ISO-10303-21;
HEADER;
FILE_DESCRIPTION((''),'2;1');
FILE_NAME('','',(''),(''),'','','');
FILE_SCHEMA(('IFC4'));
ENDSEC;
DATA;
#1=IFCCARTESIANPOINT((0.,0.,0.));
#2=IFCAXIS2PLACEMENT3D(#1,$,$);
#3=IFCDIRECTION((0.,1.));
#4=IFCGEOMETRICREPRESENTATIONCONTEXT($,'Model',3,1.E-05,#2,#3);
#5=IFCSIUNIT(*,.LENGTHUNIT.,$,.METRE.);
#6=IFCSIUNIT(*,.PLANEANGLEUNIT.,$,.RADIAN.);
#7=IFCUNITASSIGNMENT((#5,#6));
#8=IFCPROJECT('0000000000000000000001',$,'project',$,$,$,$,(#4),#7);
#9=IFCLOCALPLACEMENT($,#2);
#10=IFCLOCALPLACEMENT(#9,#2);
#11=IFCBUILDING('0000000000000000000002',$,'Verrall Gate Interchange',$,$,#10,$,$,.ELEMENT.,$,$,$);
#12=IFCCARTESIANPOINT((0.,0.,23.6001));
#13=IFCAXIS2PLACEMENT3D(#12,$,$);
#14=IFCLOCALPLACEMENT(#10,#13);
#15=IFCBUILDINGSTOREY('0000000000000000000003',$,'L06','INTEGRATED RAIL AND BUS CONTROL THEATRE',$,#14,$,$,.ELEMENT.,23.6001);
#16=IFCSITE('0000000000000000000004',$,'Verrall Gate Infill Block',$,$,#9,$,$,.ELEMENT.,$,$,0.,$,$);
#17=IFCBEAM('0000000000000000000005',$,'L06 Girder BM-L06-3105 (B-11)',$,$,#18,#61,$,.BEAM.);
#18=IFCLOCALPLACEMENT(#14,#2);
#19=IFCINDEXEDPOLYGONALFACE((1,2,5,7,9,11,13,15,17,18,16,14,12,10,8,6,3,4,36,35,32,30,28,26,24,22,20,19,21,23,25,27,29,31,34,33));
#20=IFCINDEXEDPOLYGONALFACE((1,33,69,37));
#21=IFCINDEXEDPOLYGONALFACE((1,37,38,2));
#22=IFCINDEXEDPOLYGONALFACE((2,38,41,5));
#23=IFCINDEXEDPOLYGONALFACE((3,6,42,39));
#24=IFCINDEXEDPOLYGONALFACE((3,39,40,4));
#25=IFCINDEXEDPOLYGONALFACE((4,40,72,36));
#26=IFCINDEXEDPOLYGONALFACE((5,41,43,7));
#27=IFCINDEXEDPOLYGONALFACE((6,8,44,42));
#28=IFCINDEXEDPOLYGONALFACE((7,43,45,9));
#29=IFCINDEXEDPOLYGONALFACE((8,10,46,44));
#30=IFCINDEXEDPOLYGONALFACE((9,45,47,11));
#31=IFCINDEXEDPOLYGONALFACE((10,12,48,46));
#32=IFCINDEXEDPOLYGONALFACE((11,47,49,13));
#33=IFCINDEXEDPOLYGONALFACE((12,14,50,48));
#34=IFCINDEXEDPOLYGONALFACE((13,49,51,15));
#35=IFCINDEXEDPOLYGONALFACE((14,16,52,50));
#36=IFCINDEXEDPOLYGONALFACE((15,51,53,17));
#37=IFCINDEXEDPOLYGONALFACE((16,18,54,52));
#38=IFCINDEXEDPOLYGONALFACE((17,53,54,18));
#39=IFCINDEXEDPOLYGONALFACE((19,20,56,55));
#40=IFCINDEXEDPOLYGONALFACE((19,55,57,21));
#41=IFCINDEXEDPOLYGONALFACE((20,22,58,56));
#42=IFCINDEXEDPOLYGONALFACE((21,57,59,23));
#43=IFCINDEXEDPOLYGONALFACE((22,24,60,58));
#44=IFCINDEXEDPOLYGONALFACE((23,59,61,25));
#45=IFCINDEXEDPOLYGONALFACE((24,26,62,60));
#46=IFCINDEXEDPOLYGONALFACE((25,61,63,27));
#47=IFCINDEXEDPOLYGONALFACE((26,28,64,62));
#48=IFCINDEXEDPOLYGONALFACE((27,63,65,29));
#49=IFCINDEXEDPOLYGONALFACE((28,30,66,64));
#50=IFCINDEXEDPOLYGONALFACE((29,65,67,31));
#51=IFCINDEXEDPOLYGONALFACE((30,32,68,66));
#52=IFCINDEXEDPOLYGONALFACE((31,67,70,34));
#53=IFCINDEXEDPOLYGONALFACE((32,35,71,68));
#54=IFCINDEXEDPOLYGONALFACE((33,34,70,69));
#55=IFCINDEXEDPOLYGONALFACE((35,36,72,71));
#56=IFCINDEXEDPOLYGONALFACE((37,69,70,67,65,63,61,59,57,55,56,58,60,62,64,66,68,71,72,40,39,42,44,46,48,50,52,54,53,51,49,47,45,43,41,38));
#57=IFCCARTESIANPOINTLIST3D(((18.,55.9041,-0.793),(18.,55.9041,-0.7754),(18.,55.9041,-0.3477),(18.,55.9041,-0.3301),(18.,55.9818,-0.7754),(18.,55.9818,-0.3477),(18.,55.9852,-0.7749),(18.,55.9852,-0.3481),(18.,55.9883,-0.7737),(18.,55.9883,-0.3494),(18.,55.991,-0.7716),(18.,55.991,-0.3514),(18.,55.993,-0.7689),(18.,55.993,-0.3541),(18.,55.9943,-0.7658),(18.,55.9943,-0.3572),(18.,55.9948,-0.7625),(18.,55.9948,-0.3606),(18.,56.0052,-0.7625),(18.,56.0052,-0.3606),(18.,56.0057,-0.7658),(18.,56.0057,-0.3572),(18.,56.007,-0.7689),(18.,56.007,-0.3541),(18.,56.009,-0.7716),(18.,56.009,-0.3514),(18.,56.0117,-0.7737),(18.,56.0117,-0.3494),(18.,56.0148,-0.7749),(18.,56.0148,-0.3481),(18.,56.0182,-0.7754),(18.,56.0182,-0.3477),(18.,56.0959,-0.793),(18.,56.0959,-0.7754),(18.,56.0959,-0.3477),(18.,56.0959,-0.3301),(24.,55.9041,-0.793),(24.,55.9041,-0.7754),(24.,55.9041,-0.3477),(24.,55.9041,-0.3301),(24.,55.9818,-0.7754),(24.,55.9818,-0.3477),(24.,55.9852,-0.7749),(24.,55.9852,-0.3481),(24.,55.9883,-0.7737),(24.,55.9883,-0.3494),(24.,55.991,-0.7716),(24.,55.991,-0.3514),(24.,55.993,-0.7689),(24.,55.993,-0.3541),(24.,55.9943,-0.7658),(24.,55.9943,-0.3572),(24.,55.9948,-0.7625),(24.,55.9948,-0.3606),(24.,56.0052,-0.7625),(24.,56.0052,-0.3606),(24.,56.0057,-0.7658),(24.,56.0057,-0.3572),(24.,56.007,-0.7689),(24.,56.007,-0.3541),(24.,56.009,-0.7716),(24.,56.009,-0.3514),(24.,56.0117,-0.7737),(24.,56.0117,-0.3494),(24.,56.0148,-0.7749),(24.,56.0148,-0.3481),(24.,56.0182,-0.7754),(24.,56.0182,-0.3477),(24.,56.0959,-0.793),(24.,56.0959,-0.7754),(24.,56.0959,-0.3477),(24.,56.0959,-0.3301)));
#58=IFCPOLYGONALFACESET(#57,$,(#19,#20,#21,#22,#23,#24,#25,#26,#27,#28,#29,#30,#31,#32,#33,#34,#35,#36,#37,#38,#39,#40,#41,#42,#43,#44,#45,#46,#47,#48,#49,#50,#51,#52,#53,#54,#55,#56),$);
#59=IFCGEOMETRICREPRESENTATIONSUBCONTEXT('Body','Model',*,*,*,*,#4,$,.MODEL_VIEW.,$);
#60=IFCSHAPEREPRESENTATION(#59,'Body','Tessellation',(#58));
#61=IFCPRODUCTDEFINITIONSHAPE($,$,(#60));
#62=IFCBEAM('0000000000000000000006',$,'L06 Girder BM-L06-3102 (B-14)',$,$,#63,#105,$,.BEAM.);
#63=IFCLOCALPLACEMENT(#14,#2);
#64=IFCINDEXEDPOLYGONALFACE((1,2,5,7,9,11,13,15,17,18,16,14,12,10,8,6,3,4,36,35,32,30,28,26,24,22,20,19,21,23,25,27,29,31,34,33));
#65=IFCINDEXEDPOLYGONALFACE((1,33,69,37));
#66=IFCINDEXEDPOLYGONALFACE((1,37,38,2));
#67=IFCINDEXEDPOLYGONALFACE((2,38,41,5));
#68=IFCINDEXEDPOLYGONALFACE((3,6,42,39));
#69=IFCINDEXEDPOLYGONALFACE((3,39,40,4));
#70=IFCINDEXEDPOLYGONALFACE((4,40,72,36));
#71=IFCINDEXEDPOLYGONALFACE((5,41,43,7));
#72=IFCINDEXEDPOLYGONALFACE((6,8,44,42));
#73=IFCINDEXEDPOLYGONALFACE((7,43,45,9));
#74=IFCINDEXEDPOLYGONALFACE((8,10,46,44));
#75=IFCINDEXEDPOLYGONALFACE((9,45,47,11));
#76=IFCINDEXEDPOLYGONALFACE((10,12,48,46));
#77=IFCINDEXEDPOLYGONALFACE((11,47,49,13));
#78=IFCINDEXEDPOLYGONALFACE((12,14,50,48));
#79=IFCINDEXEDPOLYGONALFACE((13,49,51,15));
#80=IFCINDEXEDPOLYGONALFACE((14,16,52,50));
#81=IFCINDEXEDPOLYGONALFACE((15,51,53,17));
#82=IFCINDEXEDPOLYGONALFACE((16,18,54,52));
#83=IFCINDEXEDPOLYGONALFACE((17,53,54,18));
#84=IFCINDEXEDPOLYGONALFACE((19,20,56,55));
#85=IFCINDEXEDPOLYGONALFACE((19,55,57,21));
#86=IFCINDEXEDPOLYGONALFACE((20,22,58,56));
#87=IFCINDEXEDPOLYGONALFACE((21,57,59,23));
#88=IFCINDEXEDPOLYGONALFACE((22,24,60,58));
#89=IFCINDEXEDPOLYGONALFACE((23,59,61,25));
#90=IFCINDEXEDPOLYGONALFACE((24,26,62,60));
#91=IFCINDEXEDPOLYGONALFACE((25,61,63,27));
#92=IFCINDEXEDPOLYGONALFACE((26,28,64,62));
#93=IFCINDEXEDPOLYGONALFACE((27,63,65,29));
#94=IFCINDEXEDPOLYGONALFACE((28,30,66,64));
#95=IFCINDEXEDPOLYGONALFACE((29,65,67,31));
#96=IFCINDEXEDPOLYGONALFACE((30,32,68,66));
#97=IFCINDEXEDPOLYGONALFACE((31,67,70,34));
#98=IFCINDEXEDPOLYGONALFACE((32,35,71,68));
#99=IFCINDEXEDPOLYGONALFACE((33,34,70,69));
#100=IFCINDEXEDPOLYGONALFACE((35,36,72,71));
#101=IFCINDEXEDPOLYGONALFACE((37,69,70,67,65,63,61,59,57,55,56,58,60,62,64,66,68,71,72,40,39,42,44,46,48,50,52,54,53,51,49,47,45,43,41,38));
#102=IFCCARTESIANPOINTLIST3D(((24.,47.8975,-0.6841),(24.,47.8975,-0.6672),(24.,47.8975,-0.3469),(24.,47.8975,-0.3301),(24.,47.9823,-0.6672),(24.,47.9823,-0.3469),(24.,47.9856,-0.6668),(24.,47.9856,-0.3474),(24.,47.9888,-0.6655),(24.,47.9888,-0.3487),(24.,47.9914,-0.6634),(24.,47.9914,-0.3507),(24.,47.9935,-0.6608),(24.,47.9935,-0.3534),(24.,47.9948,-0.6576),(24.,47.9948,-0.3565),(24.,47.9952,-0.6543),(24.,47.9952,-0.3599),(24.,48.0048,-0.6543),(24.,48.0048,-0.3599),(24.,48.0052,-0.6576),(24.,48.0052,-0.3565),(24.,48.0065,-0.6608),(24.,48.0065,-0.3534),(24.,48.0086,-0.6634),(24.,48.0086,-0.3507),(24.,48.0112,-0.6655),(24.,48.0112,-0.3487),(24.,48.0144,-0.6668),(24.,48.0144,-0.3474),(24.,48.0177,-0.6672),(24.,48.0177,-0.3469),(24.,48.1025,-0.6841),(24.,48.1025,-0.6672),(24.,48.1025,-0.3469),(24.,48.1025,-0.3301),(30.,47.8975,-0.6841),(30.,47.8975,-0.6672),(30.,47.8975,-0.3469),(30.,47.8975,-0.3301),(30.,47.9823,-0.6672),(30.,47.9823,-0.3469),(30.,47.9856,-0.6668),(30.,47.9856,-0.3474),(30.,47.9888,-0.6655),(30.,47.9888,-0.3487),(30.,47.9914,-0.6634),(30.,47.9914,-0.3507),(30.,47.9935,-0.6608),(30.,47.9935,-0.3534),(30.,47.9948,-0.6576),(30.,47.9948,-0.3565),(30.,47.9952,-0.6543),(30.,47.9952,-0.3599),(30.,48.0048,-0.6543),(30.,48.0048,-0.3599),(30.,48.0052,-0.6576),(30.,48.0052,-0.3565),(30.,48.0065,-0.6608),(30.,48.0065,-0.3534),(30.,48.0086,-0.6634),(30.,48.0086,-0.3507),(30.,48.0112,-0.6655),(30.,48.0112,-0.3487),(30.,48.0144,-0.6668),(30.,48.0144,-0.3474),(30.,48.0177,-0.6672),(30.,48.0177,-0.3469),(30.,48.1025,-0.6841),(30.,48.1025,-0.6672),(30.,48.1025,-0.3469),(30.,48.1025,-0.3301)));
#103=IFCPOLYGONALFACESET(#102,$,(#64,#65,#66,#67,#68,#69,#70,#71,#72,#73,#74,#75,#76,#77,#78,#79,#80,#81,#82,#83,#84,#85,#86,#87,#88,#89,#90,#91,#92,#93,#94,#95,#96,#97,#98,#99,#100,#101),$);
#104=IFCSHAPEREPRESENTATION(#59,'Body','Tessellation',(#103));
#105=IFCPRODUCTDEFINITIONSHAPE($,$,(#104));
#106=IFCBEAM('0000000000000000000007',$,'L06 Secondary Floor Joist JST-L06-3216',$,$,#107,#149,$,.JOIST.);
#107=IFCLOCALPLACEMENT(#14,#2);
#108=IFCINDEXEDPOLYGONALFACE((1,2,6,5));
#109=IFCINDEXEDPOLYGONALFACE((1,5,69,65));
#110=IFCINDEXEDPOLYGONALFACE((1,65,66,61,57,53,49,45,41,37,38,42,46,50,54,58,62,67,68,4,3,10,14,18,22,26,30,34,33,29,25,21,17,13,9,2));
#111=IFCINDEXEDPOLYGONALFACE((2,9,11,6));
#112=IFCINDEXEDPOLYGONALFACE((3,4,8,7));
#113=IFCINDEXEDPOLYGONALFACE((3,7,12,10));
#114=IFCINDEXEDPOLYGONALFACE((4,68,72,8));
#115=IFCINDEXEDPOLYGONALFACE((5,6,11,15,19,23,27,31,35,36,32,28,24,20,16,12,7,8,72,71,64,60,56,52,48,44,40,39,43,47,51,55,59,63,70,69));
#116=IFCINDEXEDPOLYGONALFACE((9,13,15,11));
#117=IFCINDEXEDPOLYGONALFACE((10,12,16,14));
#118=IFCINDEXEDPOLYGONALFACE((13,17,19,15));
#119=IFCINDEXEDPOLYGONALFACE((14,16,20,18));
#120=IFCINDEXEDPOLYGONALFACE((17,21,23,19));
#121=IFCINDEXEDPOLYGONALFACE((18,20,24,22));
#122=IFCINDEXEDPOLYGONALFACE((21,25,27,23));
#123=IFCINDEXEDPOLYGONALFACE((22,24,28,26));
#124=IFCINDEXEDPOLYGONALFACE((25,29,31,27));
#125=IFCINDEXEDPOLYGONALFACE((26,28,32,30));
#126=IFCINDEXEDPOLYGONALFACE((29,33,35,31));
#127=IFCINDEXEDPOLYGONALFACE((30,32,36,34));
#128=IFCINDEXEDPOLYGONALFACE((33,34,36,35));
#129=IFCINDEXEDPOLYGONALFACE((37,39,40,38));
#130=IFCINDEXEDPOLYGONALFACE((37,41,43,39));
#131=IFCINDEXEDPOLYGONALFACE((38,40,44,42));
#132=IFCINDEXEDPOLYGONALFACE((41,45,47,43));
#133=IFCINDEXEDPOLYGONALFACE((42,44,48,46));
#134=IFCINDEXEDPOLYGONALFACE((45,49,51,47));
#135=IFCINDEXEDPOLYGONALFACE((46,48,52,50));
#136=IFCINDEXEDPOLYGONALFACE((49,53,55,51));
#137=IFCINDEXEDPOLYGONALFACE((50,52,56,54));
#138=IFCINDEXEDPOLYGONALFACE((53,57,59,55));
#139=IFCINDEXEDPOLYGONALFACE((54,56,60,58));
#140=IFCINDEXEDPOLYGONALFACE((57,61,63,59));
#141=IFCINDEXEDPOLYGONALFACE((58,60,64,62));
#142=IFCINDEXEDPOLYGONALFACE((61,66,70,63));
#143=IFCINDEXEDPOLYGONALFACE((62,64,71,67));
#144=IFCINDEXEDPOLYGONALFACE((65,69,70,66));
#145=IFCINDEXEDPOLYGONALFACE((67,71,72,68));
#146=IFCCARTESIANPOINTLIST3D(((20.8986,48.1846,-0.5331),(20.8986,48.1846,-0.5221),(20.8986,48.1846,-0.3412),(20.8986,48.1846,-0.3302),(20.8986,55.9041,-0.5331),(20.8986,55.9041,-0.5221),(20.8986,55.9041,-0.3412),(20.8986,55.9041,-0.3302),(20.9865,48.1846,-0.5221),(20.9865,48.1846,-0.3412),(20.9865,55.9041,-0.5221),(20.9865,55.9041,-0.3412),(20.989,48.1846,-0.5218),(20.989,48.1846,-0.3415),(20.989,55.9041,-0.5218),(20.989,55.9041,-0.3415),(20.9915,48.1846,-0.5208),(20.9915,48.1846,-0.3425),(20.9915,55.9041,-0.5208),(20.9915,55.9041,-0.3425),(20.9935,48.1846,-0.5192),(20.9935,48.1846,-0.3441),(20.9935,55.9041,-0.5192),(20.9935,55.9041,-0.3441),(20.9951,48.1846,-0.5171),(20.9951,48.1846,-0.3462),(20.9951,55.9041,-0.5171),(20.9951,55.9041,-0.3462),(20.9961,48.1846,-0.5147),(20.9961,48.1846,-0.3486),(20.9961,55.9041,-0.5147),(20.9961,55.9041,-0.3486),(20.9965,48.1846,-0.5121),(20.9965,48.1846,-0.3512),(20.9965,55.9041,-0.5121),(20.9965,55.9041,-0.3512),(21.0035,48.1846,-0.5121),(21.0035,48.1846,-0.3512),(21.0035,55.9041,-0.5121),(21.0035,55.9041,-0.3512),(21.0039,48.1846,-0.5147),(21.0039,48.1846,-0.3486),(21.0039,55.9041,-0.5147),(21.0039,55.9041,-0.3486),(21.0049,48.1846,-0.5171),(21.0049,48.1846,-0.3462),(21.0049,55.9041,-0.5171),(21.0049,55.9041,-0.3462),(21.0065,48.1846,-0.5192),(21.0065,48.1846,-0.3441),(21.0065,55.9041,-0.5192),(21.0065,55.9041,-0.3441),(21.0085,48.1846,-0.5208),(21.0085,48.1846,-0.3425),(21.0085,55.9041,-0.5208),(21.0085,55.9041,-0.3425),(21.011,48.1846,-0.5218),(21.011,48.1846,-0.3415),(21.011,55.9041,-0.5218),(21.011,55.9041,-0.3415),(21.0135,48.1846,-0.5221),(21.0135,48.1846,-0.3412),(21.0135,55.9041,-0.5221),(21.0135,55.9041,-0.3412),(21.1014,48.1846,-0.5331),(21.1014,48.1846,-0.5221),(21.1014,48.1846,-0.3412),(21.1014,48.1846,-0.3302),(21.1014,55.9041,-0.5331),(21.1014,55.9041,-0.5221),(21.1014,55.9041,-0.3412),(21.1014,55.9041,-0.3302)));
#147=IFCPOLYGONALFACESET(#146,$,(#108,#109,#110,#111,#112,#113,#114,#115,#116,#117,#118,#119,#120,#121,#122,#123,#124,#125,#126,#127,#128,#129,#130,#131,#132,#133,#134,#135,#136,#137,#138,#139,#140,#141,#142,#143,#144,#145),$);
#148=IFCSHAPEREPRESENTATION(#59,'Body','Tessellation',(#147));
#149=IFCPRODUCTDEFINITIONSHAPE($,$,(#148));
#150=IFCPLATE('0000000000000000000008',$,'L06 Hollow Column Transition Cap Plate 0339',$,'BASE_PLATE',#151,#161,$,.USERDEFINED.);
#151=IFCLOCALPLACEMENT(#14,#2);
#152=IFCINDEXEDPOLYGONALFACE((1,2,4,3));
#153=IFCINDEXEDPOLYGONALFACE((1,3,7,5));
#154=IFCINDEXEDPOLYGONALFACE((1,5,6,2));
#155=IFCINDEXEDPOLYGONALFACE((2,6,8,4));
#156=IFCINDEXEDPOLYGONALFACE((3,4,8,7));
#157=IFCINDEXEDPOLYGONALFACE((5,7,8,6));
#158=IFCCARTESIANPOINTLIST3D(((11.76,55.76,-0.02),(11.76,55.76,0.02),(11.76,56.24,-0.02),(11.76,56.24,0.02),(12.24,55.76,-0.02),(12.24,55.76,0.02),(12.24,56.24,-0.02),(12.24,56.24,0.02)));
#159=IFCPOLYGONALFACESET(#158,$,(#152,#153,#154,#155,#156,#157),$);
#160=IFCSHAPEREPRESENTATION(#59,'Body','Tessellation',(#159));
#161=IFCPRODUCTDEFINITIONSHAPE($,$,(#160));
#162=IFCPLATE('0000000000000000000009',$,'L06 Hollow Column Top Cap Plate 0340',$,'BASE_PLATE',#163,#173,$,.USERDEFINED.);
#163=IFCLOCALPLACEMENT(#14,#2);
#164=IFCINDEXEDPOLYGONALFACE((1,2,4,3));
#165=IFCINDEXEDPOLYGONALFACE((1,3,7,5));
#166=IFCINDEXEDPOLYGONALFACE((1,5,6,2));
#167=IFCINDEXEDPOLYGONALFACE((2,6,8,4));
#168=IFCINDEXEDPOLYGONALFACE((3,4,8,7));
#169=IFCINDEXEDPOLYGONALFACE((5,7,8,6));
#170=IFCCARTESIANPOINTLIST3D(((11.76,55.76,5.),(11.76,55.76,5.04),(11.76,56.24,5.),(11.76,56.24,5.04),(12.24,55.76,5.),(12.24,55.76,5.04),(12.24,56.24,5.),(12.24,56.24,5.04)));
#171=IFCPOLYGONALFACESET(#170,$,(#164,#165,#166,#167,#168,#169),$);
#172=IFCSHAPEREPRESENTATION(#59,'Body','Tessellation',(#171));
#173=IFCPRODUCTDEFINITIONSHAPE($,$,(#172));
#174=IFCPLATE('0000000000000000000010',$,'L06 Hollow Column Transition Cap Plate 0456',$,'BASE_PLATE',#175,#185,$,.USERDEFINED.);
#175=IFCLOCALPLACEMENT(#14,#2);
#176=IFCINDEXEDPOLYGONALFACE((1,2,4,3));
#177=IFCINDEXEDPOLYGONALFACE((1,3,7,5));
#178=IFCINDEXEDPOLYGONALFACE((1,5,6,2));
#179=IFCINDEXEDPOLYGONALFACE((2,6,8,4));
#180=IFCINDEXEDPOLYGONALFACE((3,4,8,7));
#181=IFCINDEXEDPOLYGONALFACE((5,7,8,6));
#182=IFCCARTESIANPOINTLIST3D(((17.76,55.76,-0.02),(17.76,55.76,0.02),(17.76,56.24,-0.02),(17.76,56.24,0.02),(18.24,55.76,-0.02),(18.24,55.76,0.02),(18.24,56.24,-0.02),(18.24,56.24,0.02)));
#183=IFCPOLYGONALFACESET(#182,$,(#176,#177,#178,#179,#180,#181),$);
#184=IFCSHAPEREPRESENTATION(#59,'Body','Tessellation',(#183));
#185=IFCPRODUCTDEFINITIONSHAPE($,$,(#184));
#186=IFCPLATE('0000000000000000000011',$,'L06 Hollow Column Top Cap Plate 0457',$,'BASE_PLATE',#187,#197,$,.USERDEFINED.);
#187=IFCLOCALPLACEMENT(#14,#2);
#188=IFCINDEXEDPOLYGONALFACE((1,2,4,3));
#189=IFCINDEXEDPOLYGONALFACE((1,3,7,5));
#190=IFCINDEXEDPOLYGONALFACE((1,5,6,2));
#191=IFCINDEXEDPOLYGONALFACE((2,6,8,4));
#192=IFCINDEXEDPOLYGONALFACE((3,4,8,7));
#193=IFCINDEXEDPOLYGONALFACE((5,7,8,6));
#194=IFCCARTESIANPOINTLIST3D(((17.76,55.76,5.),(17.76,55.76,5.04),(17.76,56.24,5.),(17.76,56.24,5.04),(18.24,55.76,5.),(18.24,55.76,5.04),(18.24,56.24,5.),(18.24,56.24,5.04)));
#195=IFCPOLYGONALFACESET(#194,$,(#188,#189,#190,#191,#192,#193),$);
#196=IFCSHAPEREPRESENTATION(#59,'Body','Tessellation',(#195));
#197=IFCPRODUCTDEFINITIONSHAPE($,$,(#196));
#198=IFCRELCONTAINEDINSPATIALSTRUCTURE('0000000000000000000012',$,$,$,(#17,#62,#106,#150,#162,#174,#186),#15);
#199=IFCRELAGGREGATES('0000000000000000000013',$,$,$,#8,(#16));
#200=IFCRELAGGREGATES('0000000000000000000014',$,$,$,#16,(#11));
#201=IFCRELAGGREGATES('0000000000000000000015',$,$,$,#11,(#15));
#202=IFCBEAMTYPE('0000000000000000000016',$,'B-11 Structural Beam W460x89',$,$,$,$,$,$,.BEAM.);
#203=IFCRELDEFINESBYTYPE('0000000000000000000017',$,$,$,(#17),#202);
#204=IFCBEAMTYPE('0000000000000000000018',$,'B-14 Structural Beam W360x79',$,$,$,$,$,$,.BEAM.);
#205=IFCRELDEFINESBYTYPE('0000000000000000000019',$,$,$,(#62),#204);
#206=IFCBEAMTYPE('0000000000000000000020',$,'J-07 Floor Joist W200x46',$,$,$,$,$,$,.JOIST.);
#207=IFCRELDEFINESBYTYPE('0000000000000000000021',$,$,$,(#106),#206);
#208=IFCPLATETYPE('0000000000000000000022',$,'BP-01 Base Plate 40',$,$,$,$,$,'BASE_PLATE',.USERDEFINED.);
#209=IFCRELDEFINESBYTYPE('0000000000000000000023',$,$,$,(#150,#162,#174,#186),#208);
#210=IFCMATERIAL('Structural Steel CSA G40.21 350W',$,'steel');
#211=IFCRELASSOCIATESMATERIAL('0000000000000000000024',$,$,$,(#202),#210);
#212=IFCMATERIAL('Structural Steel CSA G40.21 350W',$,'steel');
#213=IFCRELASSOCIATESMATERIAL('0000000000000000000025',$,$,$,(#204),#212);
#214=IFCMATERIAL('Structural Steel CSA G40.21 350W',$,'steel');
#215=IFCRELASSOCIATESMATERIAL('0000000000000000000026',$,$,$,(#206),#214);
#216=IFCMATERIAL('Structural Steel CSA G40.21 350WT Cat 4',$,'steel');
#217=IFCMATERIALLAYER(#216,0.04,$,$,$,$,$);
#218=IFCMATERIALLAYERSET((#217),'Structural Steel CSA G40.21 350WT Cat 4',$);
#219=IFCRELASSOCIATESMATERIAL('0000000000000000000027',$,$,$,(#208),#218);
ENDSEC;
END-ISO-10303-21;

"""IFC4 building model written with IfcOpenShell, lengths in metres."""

from ifc_helpers import new_model, si_unit, direction, frame, origin, origin_2d, place, context, subcontext, project, spatial, rectangle, i_section, extrude, material, layer, layer_set, material_profile, profile_set, type_object, element, save


model = new_model("IFC4")

# Units and contexts
model_context = context("Model", 3, precision=1e-05, world=origin(), true_north=direction((0.0, 1.0)))
body_context = subcontext(model_context, "Body", "Model", "MODEL_VIEW")
ifc_project = project(units=[si_unit("LENGTHUNIT", "METRE"), si_unit("PLANEANGLEUNIT", "RADIAN")], contexts=[model_context])

# Site, building, storey
site_placement = place(None, origin())
site = spatial("IfcSite", under=ifc_project, at=site_placement, Name="Verrall Gate Infill Block", CompositionType="ELEMENT", RefElevation=0.0)
building_placement = place(site_placement, origin())
building = spatial("IfcBuilding", under=site, at=building_placement, Name="Verrall Gate Interchange", CompositionType="ELEMENT")
storey_placement = place(building_placement, frame((0.0, 0.0, 23.6001)))
storey = spatial("IfcBuildingStorey", under=building, at=storey_placement, Name="L06", Description="INTEGRATED RAIL AND BUS CONTROL THEATRE", CompositionType="ELEMENT", Elevation=23.6001)

# Beams
ifc_material_1 = material(Name="Structural Steel CSA G40.21 350W", Category="steel")
ifc_material_profile_1 = material_profile(ifc_material_1, i_section(OverallWidth=0.1919, OverallDepth=0.4629, WebThickness=0.0105, FlangeThickness=0.0176, FilletRadius=0.0129, at=origin_2d()), Name="W460x89")
ifc_profile_set_1 = profile_set([ifc_material_profile_1], Name="Structural Steel CSA G40.21 350W")
beam_type_1 = type_object("IfcBeamType", Name="B-11 Structural Beam W460x89", PredefinedType="BEAM", material=ifc_profile_set_1)
beam_1_placement = place(storey_placement, frame((18.0, 56.0, -0.5615), z_axis=(1.0, 0.0, 0.0), x_axis=(0.0, 1.0, 0.0)))
element("IfcBeam", 1, at=beam_1_placement, inside=storey, type_object=beam_type_1, Name="L06 Girder BM-L06-3105 (B-11)", PredefinedType="BEAM", context=body_context, shape_type="SweptSolid", body=[
    extrude(i_section(OverallWidth=0.1919, OverallDepth=0.4629, WebThickness=0.0105, FlangeThickness=0.0176, FilletRadius=0.0129, at=origin_2d()), origin(), (0.0, 0.0, 1.0), 6.0),
])
ifc_material_2 = material(Name="Structural Steel CSA G40.21 350W", Category="steel")
ifc_material_profile_2 = material_profile(ifc_material_2, i_section(OverallWidth=0.2051, OverallDepth=0.354, WebThickness=0.0095, FlangeThickness=0.0168, FilletRadius=0.0129, at=origin_2d()), Name="W360x79")
ifc_profile_set_2 = profile_set([ifc_material_profile_2], Name="Structural Steel CSA G40.21 350W")
beam_type_2 = type_object("IfcBeamType", Name="B-14 Structural Beam W360x79", PredefinedType="BEAM", material=ifc_profile_set_2)
beam_2_placement = place(storey_placement, frame((24.0, 48.0, -0.5071), z_axis=(1.0, 0.0, 0.0), x_axis=(0.0, 1.0, 0.0)))
element("IfcBeam", 2, at=beam_2_placement, inside=storey, type_object=beam_type_2, Name="L06 Girder BM-L06-3102 (B-14)", PredefinedType="BEAM", context=body_context, shape_type="SweptSolid", body=[
    extrude(i_section(OverallWidth=0.2051, OverallDepth=0.354, WebThickness=0.0095, FlangeThickness=0.0168, FilletRadius=0.0129, at=origin_2d()), origin(), (0.0, 0.0, 1.0), 6.0),
])
ifc_material_3 = material(Name="Structural Steel CSA G40.21 350W", Category="steel")
ifc_material_profile_3 = material_profile(ifc_material_3, i_section(OverallWidth=0.2029, OverallDepth=0.2029, WebThickness=0.0071, FlangeThickness=0.011, FilletRadius=0.01, at=origin_2d()), Name="W200x46")
ifc_profile_set_3 = profile_set([ifc_material_profile_3], Name="Structural Steel CSA G40.21 350W")
beam_type_3 = type_object("IfcBeamType", Name="J-07 Floor Joist W200x46", PredefinedType="JOIST", material=ifc_profile_set_3)
beam_3_placement = place(storey_placement, frame((21.0, 48.1846, -0.4316), z_axis=(0.0, 1.0, 0.0), x_axis=(-1.0, 0.0, 0.0)))
element("IfcBeam", 3, at=beam_3_placement, inside=storey, type_object=beam_type_3, Name="L06 Secondary Floor Joist JST-L06-3216", PredefinedType="JOIST", context=body_context, shape_type="SweptSolid", body=[
    extrude(i_section(OverallWidth=0.2029, OverallDepth=0.2029, WebThickness=0.0071, FlangeThickness=0.011, FilletRadius=0.01, at=origin_2d()), origin(), (0.0, 0.0, 1.0), 7.7195),
])

# Plates
ifc_material_4 = material(Name="Structural Steel CSA G40.21 350WT Cat 4", Category="steel")
ifc_layer_1 = layer(ifc_material_4, 0.04)
ifc_layer_set_1 = layer_set([ifc_layer_1], Name="Structural Steel CSA G40.21 350WT Cat 4")
plate_type = type_object("IfcPlateType", Name="BP-01 Base Plate 40", ElementType="BASE_PLATE", PredefinedType="USERDEFINED", material=ifc_layer_set_1)
for number, where, z_axis, x_axis, name in (
    (4, (12.0, 56.0, -0.02), (0.0, 0.0, 1.0), (1.0, 0.0, 0.0), "L06 Hollow Column Transition Cap Plate 0339"),
    (5, (12.0, 56.0, 5.0), (0.0, 0.0, 1.0), (1.0, 0.0, 0.0), "L06 Hollow Column Top Cap Plate 0340"),
    (6, (18.0, 56.0, -0.02), (0.0, 0.0, 1.0), (1.0, 0.0, 0.0), "L06 Hollow Column Transition Cap Plate 0456"),
    (7, (18.0, 56.0, 5.0), (0.0, 0.0, 1.0), (1.0, 0.0, 0.0), "L06 Hollow Column Top Cap Plate 0457"),
):
    element("IfcPlate", number, at=place(storey_placement, frame(where, z_axis=z_axis, x_axis=x_axis)), inside=storey, type_object=plate_type, Name=name, ObjectType="BASE_PLATE", PredefinedType="USERDEFINED", context=body_context, shape_type="SweptSolid", body=[
        extrude(rectangle(XDim=0.48, YDim=0.48, at=origin_2d()), origin(), (0.0, 0.0, 1.0), 0.04),
    ])

save(model, "model.ifc")
